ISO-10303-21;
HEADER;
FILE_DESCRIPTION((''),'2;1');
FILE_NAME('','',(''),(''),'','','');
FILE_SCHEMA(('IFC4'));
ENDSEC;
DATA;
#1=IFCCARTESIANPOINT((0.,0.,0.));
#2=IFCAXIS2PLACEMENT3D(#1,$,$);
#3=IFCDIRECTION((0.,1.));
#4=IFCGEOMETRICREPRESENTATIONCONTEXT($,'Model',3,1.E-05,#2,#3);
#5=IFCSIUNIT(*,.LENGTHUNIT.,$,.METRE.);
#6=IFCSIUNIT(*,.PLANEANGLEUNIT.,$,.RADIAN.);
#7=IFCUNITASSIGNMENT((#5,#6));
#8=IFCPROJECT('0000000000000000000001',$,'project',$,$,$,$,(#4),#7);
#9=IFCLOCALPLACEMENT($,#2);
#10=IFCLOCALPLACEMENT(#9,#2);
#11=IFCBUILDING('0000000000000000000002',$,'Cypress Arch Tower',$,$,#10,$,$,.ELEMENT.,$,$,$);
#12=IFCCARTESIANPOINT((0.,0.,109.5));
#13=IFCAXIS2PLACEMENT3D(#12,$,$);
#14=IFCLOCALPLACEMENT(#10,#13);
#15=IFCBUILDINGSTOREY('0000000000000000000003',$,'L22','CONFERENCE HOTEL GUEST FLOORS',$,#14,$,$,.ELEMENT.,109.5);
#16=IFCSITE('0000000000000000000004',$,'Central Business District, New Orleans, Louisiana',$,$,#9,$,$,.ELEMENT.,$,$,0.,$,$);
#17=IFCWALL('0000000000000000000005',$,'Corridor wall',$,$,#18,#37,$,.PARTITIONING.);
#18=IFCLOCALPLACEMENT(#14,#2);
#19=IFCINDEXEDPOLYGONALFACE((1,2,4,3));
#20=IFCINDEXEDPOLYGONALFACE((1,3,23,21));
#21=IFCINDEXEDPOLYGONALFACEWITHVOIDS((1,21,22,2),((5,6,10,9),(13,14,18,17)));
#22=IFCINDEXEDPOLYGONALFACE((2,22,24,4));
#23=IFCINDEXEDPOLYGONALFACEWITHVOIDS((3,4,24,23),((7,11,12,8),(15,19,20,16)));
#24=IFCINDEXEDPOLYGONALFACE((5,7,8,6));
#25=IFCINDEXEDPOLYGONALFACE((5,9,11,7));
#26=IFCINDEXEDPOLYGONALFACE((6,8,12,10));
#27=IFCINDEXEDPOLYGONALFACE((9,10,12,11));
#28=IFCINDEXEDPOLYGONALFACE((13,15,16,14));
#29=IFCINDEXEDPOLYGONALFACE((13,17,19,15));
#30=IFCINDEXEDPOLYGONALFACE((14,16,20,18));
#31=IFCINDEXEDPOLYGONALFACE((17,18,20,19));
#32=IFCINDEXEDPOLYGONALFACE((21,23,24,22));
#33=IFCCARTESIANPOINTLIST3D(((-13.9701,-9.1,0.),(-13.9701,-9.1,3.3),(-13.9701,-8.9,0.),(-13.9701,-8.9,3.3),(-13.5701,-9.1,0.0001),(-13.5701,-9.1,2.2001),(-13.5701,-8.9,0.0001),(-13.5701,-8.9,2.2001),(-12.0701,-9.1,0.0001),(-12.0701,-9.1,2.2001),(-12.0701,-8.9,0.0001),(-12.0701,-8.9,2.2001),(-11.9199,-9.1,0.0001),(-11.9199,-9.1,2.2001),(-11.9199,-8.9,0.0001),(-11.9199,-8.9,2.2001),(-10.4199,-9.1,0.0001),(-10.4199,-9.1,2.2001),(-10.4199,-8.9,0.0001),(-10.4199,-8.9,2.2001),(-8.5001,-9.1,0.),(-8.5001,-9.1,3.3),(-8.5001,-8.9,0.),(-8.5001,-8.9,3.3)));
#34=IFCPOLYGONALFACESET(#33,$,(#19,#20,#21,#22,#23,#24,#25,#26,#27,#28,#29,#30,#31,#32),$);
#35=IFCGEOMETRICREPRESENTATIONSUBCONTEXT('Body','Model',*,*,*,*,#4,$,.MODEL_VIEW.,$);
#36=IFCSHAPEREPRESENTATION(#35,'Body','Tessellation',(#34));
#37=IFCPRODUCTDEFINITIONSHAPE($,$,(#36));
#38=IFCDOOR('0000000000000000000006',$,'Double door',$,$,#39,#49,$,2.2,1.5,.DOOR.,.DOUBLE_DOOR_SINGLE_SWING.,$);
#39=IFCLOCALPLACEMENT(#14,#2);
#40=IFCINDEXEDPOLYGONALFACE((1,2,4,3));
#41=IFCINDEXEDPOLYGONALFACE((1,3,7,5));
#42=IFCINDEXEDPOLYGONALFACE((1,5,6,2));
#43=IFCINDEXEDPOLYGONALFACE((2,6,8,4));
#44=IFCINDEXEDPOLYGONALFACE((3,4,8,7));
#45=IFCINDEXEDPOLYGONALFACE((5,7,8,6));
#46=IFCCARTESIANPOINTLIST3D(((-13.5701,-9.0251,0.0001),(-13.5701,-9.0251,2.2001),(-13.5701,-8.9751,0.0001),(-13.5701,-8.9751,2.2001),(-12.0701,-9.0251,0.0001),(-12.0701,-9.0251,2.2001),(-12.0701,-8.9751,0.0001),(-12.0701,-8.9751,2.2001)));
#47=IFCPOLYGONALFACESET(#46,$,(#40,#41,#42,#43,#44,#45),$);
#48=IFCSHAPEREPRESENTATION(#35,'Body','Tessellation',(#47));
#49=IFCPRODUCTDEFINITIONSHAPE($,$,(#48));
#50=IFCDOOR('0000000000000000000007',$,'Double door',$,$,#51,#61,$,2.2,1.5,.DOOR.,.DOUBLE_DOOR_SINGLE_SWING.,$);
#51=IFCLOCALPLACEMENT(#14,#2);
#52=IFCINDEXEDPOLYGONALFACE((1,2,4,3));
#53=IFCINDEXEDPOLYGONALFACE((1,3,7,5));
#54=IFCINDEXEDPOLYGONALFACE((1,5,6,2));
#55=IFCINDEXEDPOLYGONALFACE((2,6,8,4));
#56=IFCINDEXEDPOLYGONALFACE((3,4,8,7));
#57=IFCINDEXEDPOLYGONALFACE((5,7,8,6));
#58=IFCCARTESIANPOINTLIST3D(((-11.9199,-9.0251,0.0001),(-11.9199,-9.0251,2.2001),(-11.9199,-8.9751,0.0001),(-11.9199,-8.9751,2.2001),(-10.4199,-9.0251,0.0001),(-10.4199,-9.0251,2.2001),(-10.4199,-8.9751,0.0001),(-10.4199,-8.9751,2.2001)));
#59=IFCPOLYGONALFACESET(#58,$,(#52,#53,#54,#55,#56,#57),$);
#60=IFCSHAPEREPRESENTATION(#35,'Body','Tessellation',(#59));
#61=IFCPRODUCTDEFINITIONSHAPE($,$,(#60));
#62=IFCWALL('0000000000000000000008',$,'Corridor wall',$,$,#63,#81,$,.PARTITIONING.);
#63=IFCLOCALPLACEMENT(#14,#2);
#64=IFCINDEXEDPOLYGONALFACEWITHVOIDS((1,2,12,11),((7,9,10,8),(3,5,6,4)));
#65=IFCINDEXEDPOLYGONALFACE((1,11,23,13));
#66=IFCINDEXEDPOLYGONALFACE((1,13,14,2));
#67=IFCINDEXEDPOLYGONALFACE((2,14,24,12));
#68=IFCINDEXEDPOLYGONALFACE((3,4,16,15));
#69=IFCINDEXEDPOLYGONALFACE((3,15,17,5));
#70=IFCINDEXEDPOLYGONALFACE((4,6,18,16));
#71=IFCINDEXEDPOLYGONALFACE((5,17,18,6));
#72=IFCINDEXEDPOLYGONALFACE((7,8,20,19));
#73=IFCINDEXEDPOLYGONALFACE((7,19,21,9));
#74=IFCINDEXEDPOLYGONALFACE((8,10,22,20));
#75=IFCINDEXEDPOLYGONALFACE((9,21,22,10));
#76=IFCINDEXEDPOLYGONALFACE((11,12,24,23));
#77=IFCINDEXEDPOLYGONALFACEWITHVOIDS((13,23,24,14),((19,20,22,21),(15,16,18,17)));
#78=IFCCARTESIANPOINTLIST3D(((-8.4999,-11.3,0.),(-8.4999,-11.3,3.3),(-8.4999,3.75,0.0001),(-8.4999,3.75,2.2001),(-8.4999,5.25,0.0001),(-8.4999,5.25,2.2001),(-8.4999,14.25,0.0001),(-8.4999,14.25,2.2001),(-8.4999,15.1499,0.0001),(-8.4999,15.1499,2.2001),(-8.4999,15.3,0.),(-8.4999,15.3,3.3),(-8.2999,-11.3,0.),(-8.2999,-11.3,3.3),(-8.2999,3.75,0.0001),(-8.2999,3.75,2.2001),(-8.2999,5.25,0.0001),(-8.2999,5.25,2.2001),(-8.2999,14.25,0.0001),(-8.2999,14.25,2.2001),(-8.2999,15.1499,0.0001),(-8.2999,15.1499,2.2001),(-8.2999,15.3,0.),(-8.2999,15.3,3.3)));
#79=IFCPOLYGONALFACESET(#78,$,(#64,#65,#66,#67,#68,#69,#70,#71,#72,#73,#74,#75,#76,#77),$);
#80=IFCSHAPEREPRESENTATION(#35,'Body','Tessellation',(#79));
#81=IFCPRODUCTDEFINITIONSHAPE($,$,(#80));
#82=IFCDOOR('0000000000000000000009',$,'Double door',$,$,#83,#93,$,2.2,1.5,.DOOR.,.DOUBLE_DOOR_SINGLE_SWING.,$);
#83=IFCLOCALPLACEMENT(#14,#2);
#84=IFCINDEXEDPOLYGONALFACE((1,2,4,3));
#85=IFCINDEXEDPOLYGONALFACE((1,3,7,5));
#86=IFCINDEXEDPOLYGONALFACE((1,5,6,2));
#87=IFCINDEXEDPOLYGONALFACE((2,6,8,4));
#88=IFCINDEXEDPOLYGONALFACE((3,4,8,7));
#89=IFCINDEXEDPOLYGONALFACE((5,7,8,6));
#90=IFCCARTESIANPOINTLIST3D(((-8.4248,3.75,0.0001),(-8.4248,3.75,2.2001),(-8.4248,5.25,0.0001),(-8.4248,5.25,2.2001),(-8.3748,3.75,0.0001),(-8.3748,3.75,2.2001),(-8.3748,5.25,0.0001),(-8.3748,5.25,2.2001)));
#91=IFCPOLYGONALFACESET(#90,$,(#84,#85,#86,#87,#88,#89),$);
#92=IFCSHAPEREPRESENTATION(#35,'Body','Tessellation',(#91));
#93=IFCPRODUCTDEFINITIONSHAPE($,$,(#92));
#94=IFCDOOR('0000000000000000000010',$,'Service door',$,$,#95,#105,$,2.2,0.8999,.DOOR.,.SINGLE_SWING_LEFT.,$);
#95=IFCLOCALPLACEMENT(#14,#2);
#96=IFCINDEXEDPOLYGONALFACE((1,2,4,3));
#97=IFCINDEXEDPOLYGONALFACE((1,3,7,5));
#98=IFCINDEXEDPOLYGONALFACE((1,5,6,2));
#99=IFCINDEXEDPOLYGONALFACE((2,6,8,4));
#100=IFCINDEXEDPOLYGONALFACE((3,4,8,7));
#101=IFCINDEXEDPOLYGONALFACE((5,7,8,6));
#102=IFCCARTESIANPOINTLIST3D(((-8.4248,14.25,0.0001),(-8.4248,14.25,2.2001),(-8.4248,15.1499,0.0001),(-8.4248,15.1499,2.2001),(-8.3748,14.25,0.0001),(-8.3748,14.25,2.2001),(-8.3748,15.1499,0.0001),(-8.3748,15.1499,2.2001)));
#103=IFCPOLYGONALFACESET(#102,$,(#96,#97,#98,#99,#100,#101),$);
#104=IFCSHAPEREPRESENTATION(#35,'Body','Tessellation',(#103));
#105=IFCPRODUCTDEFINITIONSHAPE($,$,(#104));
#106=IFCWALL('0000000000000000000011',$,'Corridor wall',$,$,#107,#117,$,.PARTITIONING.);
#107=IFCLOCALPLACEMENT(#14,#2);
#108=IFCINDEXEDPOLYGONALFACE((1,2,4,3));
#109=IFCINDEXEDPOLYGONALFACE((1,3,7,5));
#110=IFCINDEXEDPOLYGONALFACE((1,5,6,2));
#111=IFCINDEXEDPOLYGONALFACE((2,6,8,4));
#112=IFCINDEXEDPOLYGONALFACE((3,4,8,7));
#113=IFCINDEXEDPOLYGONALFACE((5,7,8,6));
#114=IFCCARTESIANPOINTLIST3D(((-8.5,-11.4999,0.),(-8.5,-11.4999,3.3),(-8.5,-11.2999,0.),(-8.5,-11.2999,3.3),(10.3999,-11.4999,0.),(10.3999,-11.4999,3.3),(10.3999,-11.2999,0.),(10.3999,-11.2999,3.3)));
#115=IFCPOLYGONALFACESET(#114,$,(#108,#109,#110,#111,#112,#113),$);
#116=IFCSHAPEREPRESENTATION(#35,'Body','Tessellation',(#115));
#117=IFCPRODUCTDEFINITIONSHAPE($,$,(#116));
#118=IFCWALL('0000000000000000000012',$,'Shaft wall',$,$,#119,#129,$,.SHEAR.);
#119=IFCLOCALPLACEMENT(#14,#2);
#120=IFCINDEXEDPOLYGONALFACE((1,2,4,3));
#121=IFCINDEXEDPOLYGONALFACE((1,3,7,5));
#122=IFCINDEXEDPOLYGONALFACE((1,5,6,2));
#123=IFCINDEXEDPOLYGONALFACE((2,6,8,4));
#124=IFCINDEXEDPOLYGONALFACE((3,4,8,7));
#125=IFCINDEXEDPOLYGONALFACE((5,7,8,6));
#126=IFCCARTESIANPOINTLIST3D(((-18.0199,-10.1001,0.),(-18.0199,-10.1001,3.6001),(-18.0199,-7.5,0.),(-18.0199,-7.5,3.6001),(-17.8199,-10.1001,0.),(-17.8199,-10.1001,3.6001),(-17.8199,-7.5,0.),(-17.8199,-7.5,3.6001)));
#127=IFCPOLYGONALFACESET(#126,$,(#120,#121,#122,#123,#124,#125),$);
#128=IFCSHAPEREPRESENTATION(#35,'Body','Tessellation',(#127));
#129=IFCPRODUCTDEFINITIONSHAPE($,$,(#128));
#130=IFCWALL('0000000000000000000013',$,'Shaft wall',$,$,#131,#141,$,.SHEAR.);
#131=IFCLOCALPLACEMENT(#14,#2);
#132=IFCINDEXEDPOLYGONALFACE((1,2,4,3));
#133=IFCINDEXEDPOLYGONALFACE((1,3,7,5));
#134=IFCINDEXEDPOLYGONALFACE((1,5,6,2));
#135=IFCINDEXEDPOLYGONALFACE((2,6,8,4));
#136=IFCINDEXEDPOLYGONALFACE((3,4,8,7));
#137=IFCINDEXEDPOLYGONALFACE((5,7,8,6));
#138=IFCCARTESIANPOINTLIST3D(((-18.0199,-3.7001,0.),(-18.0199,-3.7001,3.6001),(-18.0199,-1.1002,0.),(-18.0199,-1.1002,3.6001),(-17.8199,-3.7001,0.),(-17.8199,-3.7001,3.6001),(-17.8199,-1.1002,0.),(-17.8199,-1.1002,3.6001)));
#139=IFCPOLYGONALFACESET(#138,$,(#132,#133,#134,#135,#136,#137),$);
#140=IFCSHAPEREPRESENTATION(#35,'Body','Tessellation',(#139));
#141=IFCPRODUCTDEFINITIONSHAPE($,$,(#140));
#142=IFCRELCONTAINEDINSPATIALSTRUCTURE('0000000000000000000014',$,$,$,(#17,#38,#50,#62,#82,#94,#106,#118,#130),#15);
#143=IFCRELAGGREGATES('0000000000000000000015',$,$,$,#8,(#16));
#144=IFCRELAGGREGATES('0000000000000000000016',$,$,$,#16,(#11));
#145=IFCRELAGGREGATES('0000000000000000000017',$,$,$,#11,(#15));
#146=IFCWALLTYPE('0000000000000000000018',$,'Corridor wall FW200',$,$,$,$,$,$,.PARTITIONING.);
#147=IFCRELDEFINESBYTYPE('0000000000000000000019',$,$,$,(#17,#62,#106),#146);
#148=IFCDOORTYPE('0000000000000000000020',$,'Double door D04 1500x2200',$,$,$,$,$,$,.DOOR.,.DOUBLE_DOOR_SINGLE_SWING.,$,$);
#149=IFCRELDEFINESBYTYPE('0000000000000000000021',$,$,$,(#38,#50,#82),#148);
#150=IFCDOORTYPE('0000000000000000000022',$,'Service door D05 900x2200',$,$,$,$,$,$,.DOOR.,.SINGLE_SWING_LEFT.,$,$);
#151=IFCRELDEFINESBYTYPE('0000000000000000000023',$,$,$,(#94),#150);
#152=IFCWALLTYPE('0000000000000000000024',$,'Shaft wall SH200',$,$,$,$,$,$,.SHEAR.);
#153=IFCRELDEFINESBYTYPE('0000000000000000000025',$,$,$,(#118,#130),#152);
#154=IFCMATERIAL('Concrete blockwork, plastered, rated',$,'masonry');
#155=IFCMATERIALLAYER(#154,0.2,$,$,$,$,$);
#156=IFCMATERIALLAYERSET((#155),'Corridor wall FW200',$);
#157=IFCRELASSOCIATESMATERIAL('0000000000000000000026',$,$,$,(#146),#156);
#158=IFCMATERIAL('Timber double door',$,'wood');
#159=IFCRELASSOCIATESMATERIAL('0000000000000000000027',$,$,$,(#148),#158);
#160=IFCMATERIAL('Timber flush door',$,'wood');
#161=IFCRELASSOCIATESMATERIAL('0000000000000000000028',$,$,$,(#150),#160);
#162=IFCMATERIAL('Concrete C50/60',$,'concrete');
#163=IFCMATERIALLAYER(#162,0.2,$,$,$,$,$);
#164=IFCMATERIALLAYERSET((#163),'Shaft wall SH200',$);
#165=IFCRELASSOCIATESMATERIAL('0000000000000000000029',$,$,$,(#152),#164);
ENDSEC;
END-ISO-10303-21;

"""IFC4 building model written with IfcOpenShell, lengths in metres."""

from ifc_helpers import new_model, si_unit, direction, frame, frame_2d, origin, place, context, subcontext, project, spatial, rectangle, extrude, material, layer, layer_set, type_object, element, fill, save


model = new_model("IFC4")

# Units and contexts
model_context = context("Model", 3, precision=1e-05, world=origin(), true_north=direction((0.0, 1.0)))
body_context = subcontext(model_context, "Body", "Model", "MODEL_VIEW")
ifc_project = project(units=[si_unit("LENGTHUNIT", "METRE"), si_unit("PLANEANGLEUNIT", "RADIAN")], contexts=[model_context])

# Site, building, storey
site_placement = place(None, origin())
site = spatial("IfcSite", under=ifc_project, at=site_placement, Name="Central Business District, New Orleans, Louisiana", CompositionType="ELEMENT", RefElevation=0.0)
building_placement = place(site_placement, origin())
building = spatial("IfcBuilding", under=site, at=building_placement, Name="Cypress Arch Tower", CompositionType="ELEMENT")
storey_placement = place(building_placement, frame((0.0, 0.0, 109.5)))
storey = spatial("IfcBuildingStorey", under=building, at=storey_placement, Name="L22", Description="CONFERENCE HOTEL GUEST FLOORS", CompositionType="ELEMENT", Elevation=109.5)

# Shared definitions
ifc_material_1 = material(Name="Concrete blockwork, plastered, rated", Category="masonry")
ifc_layer_1 = layer(ifc_material_1, 0.2)
ifc_layer_set_1 = layer_set([ifc_layer_1], Name="Corridor wall FW200")
wall_type_1 = type_object("IfcWallType", Name="Corridor wall FW200", PredefinedType="PARTITIONING", material=ifc_layer_set_1)

# Walls, openings, doors
wall_1_placement = place(storey_placement, frame((-13.97, -9.0, 0.0), z_axis=(0.0, 0.0, 1.0), x_axis=(1.0, 0.0, 0.0)))
wall_1 = element("IfcWall", 1, at=wall_1_placement, inside=storey, type_object=wall_type_1, Name="Corridor wall", PredefinedType="PARTITIONING", context=body_context, shape_type="SweptSolid", body=[
    extrude(rectangle(XDim=5.47, YDim=0.2, at=frame_2d((2.7349, 0.0))), origin(), (0.0, 0.0, 1.0), 3.3),
])
opening_1_placement = place(wall_1_placement, frame((0.3999, 0.0, 0.0)))
opening_1 = element("IfcOpeningElement", 2, at=opening_1_placement, cuts=wall_1, PredefinedType="OPENING", context=body_context, shape_type="SweptSolid", body=[
    extrude(rectangle(XDim=1.5, YDim=2.2, at=frame_2d((0.75, 1.1001))), frame((0.0, 0.1099, 0.0), z_axis=(0.0, -1.0, 0.0), x_axis=(1.0, 0.0, 0.0)), (0.0, 0.0, 1.0), 0.22),
])
opening_2_placement = place(wall_1_placement, frame((2.05, 0.0, 0.0)))
opening_2 = element("IfcOpeningElement", 3, at=opening_2_placement, cuts=wall_1, PredefinedType="OPENING", context=body_context, shape_type="SweptSolid", body=[
    extrude(rectangle(XDim=1.5, YDim=2.2, at=frame_2d((0.75, 1.1001))), frame((0.0, 0.1099, 0.0), z_axis=(0.0, -1.0, 0.0), x_axis=(1.0, 0.0, 0.0)), (0.0, 0.0, 1.0), 0.22),
])
ifc_material_2 = material(Name="Timber double door", Category="wood")
door_type_1 = type_object("IfcDoorType", Name="Double door D04 1500x2200", OperationType="DOUBLE_DOOR_SINGLE_SWING", PredefinedType="DOOR", material=ifc_material_2)
door_1_placement = place(opening_1_placement, origin())
door_1 = element("IfcDoor", 4, at=door_1_placement, inside=storey, type_object=door_type_1, Name="Double door", OperationType="DOUBLE_DOOR_SINGLE_SWING", OverallHeight=2.2, OverallWidth=1.5, PredefinedType="DOOR", context=body_context, shape_type="SweptSolid", body=[
    extrude(rectangle(XDim=1.5, YDim=2.2, at=frame_2d((0.75, 1.1001))), frame((0.0, 0.0249, 0.0), z_axis=(0.0, -1.0, 0.0), x_axis=(1.0, 0.0, 0.0)), (0.0, 0.0, 1.0), 0.05),
])
fill(opening_1, door_1)
door_2_placement = place(opening_2_placement, origin())
door_2 = element("IfcDoor", 5, at=door_2_placement, inside=storey, type_object=door_type_1, Name="Double door", OperationType="DOUBLE_DOOR_SINGLE_SWING", OverallHeight=2.2, OverallWidth=1.5, PredefinedType="DOOR", context=body_context, shape_type="SweptSolid", body=[
    extrude(rectangle(XDim=1.5, YDim=2.2, at=frame_2d((0.75, 1.1001))), frame((0.0, 0.0249, 0.0), z_axis=(0.0, -1.0, 0.0), x_axis=(1.0, 0.0, 0.0)), (0.0, 0.0, 1.0), 0.05),
])
fill(opening_2, door_2)
wall_2_placement = place(storey_placement, frame((-8.3999, -11.3, 0.0), z_axis=(0.0, 0.0, 1.0), x_axis=(0.0, 1.0, 0.0)))
wall_2 = element("IfcWall", 6, at=wall_2_placement, inside=storey, type_object=wall_type_1, Name="Corridor wall", PredefinedType="PARTITIONING", context=body_context, shape_type="SweptSolid", body=[
    extrude(rectangle(XDim=26.6001, YDim=0.2, at=frame_2d((13.3, 0.0))), origin(), (0.0, 0.0, 1.0), 3.3),
])
opening_3_placement = place(wall_2_placement, frame((15.05, 0.0, 0.0)))
opening_3 = element("IfcOpeningElement", 7, at=opening_3_placement, cuts=wall_2, PredefinedType="OPENING", context=body_context, shape_type="SweptSolid", body=[
    extrude(rectangle(XDim=1.5, YDim=2.2, at=frame_2d((0.75, 1.1001))), frame((0.0, 0.1099, 0.0), z_axis=(0.0, -1.0, 0.0), x_axis=(1.0, 0.0, 0.0)), (0.0, 0.0, 1.0), 0.22),
])
opening_4_placement = place(wall_2_placement, frame((25.55, 0.0, 0.0)))
opening_4 = element("IfcOpeningElement", 8, at=opening_4_placement, cuts=wall_2, PredefinedType="OPENING", context=body_context, shape_type="SweptSolid", body=[
    extrude(rectangle(XDim=0.8999, YDim=2.2, at=frame_2d((0.45, 1.1001))), frame((0.0, 0.1099, 0.0), z_axis=(0.0, -1.0, 0.0), x_axis=(1.0, 0.0, 0.0)), (0.0, 0.0, 1.0), 0.22),
])
door_3_placement = place(opening_3_placement, origin())
door_3 = element("IfcDoor", 9, at=door_3_placement, inside=storey, type_object=door_type_1, Name="Double door", OperationType="DOUBLE_DOOR_SINGLE_SWING", OverallHeight=2.2, OverallWidth=1.5, PredefinedType="DOOR", context=body_context, shape_type="SweptSolid", body=[
    extrude(rectangle(XDim=1.5, YDim=2.2, at=frame_2d((0.75, 1.1001))), frame((0.0, 0.0249, 0.0), z_axis=(0.0, -1.0, 0.0), x_axis=(1.0, 0.0, 0.0)), (0.0, 0.0, 1.0), 0.05),
])
fill(opening_3, door_3)
ifc_material_3 = material(Name="Timber flush door", Category="wood")
door_type_2 = type_object("IfcDoorType", Name="Service door D05 900x2200", OperationType="SINGLE_SWING_LEFT", PredefinedType="DOOR", material=ifc_material_3)
door_4_placement = place(opening_4_placement, origin())
door_4 = element("IfcDoor", 10, at=door_4_placement, inside=storey, type_object=door_type_2, Name="Service door", OperationType="SINGLE_SWING_LEFT", OverallHeight=2.2, OverallWidth=0.8999, PredefinedType="DOOR", context=body_context, shape_type="SweptSolid", body=[
    extrude(rectangle(XDim=0.8999, YDim=2.2, at=frame_2d((0.45, 1.1001))), frame((0.0, 0.0249, 0.0), z_axis=(0.0, -1.0, 0.0), x_axis=(1.0, 0.0, 0.0)), (0.0, 0.0, 1.0), 0.05),
])
fill(opening_4, door_4)

# Walls
wall_3_placement = place(storey_placement, frame((-8.5, -11.3999, 0.0), z_axis=(0.0, 0.0, 1.0), x_axis=(1.0, 0.0, 0.0)))
element("IfcWall", 11, at=wall_3_placement, inside=storey, type_object=wall_type_1, Name="Corridor wall", PredefinedType="PARTITIONING", context=body_context, shape_type="SweptSolid", body=[
    extrude(rectangle(XDim=18.8999, YDim=0.2, at=frame_2d((9.45, 0.0))), origin(), (0.0, 0.0, 1.0), 3.3),
])
ifc_material_4 = material(Name="Concrete C50/60", Category="concrete")
ifc_layer_2 = layer(ifc_material_4, 0.2)
ifc_layer_set_2 = layer_set([ifc_layer_2], Name="Shaft wall SH200")
wall_type_2 = type_object("IfcWallType", Name="Shaft wall SH200", PredefinedType="SHEAR", material=ifc_layer_set_2)
wall_4_placement = place(storey_placement, frame((-17.9199, -10.1001, 0.0), z_axis=(0.0, 0.0, 1.0), x_axis=(0.0, 1.0, 0.0)))
element("IfcWall", 12, at=wall_4_placement, inside=storey, type_object=wall_type_2, Name="Shaft wall", PredefinedType="SHEAR", context=body_context, shape_type="SweptSolid", body=[
    extrude(rectangle(XDim=2.6001, YDim=0.2, at=frame_2d((1.3, 0.0))), origin(), (0.0, 0.0, 1.0), 3.6001),
])
wall_5_placement = place(storey_placement, frame((-17.9199, -3.7, 0.0), z_axis=(0.0, 0.0, 1.0), x_axis=(0.0, 1.0, 0.0)))
element("IfcWall", 13, at=wall_5_placement, inside=storey, type_object=wall_type_2, Name="Shaft wall", PredefinedType="SHEAR", context=body_context, shape_type="SweptSolid", body=[
    extrude(rectangle(XDim=2.5999, YDim=0.2, at=frame_2d((1.2998, 0.0))), origin(), (0.0, 0.0, 1.0), 3.6001),
])

save(model, "model.ifc")
